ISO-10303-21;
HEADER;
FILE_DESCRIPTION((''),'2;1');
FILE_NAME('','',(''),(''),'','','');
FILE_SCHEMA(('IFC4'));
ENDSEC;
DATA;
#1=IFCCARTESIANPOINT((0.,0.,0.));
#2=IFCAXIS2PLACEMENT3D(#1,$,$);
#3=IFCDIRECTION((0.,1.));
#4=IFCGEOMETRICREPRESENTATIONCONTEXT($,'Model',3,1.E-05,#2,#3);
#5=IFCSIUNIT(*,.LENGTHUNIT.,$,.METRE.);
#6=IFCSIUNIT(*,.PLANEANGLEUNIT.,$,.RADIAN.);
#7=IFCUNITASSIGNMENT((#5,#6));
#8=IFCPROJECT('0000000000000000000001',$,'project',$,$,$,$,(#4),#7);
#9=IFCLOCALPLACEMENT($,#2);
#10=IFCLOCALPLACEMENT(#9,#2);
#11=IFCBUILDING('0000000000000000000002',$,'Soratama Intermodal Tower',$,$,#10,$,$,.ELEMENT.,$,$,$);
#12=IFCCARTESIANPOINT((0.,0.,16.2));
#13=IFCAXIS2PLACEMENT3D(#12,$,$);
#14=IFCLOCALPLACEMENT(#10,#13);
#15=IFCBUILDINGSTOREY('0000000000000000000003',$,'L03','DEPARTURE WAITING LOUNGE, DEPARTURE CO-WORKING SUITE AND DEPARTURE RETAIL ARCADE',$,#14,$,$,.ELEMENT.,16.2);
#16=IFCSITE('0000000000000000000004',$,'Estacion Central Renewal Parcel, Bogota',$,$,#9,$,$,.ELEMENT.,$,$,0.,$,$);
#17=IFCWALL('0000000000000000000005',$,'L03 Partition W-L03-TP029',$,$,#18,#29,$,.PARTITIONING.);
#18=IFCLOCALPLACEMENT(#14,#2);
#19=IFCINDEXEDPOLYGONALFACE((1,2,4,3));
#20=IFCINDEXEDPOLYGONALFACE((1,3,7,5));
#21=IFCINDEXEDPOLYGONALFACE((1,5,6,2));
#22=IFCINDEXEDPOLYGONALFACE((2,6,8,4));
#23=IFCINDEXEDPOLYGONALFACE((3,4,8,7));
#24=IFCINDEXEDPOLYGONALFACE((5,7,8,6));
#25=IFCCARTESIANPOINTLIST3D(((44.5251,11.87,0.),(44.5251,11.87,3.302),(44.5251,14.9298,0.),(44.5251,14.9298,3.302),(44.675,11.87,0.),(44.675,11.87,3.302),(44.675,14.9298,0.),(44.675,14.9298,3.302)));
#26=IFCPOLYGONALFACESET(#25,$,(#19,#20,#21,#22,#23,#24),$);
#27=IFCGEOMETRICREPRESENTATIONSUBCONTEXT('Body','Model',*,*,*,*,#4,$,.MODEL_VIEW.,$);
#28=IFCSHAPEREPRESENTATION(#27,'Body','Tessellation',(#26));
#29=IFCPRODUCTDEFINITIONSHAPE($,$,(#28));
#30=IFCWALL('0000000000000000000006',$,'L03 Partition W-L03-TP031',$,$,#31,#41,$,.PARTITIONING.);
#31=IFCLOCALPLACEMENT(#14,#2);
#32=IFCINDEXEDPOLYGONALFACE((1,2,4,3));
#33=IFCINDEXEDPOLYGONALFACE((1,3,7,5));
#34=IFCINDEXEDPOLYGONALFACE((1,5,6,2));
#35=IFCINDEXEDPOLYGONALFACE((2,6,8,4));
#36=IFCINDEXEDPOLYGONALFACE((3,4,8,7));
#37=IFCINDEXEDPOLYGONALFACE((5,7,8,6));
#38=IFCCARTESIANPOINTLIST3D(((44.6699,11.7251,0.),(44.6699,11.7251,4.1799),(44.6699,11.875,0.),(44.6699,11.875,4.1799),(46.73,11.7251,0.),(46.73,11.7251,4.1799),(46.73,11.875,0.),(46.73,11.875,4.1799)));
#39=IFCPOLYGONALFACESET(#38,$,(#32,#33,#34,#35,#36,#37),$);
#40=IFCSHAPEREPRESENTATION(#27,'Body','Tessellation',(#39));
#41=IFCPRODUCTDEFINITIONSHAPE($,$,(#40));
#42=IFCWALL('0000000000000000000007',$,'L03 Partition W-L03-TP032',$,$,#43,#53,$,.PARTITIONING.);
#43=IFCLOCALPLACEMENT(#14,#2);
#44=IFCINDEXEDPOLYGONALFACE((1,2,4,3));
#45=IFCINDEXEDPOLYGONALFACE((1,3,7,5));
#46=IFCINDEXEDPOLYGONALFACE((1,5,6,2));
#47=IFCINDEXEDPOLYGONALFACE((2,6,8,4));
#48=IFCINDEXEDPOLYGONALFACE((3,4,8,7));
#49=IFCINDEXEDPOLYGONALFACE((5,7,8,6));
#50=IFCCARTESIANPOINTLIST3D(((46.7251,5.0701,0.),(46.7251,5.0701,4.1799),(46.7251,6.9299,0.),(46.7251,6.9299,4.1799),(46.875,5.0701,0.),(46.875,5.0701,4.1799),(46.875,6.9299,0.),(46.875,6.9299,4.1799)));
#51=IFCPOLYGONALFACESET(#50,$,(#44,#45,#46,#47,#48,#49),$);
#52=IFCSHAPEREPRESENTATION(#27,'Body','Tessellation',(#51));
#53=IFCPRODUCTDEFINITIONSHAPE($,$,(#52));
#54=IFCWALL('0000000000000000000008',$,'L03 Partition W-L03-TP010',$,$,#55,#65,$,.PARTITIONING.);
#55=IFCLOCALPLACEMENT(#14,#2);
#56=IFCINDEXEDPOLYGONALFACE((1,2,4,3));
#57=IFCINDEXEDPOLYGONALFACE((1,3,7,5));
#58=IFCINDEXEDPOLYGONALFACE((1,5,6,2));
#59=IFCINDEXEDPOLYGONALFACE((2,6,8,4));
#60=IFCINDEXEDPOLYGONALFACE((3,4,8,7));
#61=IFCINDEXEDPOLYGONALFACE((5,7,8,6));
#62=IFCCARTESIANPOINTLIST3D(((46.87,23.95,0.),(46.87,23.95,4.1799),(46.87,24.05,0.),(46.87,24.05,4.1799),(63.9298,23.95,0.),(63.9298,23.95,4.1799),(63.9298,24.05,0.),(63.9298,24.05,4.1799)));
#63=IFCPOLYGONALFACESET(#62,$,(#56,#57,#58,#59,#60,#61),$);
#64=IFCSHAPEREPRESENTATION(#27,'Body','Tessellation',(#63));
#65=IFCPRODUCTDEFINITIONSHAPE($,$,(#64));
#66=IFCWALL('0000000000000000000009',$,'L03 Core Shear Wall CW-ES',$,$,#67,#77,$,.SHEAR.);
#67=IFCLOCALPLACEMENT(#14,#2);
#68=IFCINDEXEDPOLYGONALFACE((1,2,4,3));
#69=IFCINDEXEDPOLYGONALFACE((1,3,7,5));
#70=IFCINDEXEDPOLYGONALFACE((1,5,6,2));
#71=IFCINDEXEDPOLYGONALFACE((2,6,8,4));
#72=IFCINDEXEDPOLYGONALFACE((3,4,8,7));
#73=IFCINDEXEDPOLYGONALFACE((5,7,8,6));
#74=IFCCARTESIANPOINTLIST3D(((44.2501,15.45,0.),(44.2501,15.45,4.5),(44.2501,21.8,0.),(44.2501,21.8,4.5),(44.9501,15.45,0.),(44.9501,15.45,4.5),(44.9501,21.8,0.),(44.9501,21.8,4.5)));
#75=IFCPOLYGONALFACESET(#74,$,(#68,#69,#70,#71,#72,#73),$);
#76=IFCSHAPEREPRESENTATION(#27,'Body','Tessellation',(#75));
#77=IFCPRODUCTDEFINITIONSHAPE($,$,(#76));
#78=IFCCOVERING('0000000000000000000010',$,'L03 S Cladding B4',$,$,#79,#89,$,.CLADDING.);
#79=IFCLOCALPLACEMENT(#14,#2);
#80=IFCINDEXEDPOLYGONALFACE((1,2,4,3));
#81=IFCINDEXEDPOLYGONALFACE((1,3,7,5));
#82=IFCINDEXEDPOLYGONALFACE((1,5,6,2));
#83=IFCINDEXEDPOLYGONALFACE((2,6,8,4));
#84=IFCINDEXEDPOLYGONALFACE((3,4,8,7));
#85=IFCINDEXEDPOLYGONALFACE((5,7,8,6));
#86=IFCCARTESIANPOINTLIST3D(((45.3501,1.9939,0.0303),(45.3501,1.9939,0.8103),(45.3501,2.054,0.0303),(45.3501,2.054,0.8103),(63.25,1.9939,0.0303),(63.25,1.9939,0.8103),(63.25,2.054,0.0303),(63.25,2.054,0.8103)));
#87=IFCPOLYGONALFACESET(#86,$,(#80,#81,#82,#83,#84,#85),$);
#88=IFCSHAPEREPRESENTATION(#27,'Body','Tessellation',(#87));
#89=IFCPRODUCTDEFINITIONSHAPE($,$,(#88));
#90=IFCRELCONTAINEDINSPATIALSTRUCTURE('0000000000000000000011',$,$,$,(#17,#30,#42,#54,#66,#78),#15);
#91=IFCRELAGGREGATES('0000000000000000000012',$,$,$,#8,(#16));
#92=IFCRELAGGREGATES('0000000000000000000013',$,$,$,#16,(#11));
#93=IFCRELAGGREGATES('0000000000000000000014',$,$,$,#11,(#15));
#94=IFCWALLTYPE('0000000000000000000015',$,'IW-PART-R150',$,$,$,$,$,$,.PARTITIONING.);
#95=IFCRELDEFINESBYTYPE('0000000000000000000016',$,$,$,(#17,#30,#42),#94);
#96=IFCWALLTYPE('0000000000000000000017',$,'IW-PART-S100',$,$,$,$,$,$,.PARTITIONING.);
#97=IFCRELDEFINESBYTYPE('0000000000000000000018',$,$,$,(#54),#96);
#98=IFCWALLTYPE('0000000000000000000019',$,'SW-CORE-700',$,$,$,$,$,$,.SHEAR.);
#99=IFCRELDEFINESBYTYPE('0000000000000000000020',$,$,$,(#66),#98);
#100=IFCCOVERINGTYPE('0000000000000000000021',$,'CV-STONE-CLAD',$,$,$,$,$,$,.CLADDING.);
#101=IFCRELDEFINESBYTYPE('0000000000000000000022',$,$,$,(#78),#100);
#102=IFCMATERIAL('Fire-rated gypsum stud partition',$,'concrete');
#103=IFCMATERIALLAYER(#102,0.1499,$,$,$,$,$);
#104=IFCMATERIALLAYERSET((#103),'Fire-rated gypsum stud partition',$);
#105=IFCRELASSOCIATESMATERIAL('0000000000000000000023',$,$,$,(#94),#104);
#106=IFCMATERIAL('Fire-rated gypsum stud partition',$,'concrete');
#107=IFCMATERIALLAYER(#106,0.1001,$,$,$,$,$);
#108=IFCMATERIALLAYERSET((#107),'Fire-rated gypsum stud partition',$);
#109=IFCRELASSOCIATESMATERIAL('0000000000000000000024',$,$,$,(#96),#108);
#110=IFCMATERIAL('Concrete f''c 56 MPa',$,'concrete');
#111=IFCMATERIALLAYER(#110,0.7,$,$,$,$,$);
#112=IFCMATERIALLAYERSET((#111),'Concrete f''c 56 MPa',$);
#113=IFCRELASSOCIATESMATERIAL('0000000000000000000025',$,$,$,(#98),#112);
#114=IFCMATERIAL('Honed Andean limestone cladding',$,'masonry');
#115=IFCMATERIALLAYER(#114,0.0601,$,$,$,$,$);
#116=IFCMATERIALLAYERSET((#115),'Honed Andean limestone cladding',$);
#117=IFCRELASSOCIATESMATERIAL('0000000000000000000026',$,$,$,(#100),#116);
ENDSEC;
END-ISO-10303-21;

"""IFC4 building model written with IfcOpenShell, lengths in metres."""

from ifc_helpers import new_model, si_unit, direction, frame, frame_2d, origin, origin_2d, place, context, subcontext, project, spatial, rectangle, extrude, material, layer, layer_set, type_object, element, save


model = new_model("IFC4")

# Units and contexts
model_context = context("Model", 3, precision=1e-05, world=origin(), true_north=direction((0.0, 1.0)))
body_context = subcontext(model_context, "Body", "Model", "MODEL_VIEW")
ifc_project = project(units=[si_unit("LENGTHUNIT", "METRE"), si_unit("PLANEANGLEUNIT", "RADIAN")], contexts=[model_context])

# Site, building, storey
site_placement = place(None, origin())
site = spatial("IfcSite", under=ifc_project, at=site_placement, Name="Estacion Central Renewal Parcel, Bogota", CompositionType="ELEMENT", RefElevation=0.0)
building_placement = place(site_placement, origin())
building = spatial("IfcBuilding", under=site, at=building_placement, Name="Soratama Intermodal Tower", CompositionType="ELEMENT")
storey_placement = place(building_placement, frame((0.0, 0.0, 16.2)))
storey = spatial("IfcBuildingStorey", under=building, at=storey_placement, Name="L03", Description="DEPARTURE WAITING LOUNGE, DEPARTURE CO-WORKING SUITE AND DEPARTURE RETAIL ARCADE", CompositionType="ELEMENT", Elevation=16.2)

# Shared definitions
ifc_material_1 = material(Name="Fire-rated gypsum stud partition", Category="concrete")
ifc_layer_1 = layer(ifc_material_1, 0.1499)
ifc_layer_set_1 = layer_set([ifc_layer_1], Name="Fire-rated gypsum stud partition")
wall_type_1 = type_object("IfcWallType", Name="IW-PART-R150", PredefinedType="PARTITIONING", material=ifc_layer_set_1)

# Walls
wall_1_placement = place(storey_placement, frame((44.6001, 11.8701, 0.0), z_axis=(0.0, 0.0, 1.0), x_axis=(0.0, 1.0, 0.0)))
element("IfcWall", 1, at=wall_1_placement, inside=storey, type_object=wall_type_1, Name="L03 Partition W-L03-TP029", PredefinedType="PARTITIONING", context=body_context, shape_type="SweptSolid", body=[
    extrude(rectangle(XDim=3.0598, YDim=0.1499, at=frame_2d((1.5298, 0.0))), origin(), (0.0, 0.0, 1.0), 3.302),
])
wall_2_placement = place(storey_placement, frame((46.73, 11.8, 0.0), z_axis=(0.0, 0.0, 1.0), x_axis=(-1.0, 0.0, 0.0)))
element("IfcWall", 2, at=wall_2_placement, inside=storey, type_object=wall_type_1, Name="L03 Partition W-L03-TP031", PredefinedType="PARTITIONING", context=body_context, shape_type="SweptSolid", body=[
    extrude(rectangle(XDim=2.0601, YDim=0.1499, at=frame_2d((1.03, 0.0))), origin(), (0.0, 0.0, 1.0), 4.1799),
])
wall_3_placement = place(storey_placement, frame((46.8, 6.9299, 0.0), z_axis=(0.0, 0.0, 1.0), x_axis=(0.0, -1.0, 0.0)))
element("IfcWall", 3, at=wall_3_placement, inside=storey, type_object=wall_type_1, Name="L03 Partition W-L03-TP032", PredefinedType="PARTITIONING", context=body_context, shape_type="SweptSolid", body=[
    extrude(rectangle(XDim=1.8599, YDim=0.1499, at=frame_2d((0.9299, 0.0))), origin(), (0.0, 0.0, 1.0), 4.1799),
])
ifc_material_2 = material(Name="Fire-rated gypsum stud partition", Category="concrete")
ifc_layer_2 = layer(ifc_material_2, 0.1001)
ifc_layer_set_2 = layer_set([ifc_layer_2], Name="Fire-rated gypsum stud partition")
wall_type_2 = type_object("IfcWallType", Name="IW-PART-S100", PredefinedType="PARTITIONING", material=ifc_layer_set_2)
wall_4_placement = place(storey_placement, frame((46.8701, 24.0, 0.0), z_axis=(0.0, 0.0, 1.0), x_axis=(1.0, 0.0, 0.0)))
element("IfcWall", 4, at=wall_4_placement, inside=storey, type_object=wall_type_2, Name="L03 Partition W-L03-TP010", PredefinedType="PARTITIONING", context=body_context, shape_type="SweptSolid", body=[
    extrude(rectangle(XDim=17.0598, YDim=0.1001, at=frame_2d((8.5298, 0.0))), origin(), (0.0, 0.0, 1.0), 4.1799),
])
ifc_material_3 = material(Name="Concrete f'c 56 MPa", Category="concrete")
ifc_layer_3 = layer(ifc_material_3, 0.7)
ifc_layer_set_3 = layer_set([ifc_layer_3], Name="Concrete f'c 56 MPa")
wall_type_3 = type_object("IfcWallType", Name="SW-CORE-700", PredefinedType="SHEAR", material=ifc_layer_set_3)
wall_5_placement = place(storey_placement, frame((44.6001, 15.45, 0.0), z_axis=(0.0, 0.0, 1.0), x_axis=(0.0, 1.0, 0.0)))
element("IfcWall", 5, at=wall_5_placement, inside=storey, type_object=wall_type_3, Name="L03 Core Shear Wall CW-ES", PredefinedType="SHEAR", context=body_context, shape_type="SweptSolid", body=[
    extrude(rectangle(XDim=6.3501, YDim=0.7, at=frame_2d((3.175, 0.0))), origin(), (0.0, 0.0, 1.0), 4.5),
])

# Covering
ifc_material_4 = material(Name="Honed Andean limestone cladding", Category="masonry")
ifc_layer_4 = layer(ifc_material_4, 0.0601)
ifc_layer_set_4 = layer_set([ifc_layer_4], Name="Honed Andean limestone cladding")
covering_type = type_object("IfcCoveringType", Name="CV-STONE-CLAD", PredefinedType="CLADDING", material=ifc_layer_set_4)
covering_placement = place(storey_placement, frame((54.3, 2.0239, 0.0303), z_axis=(0.0, 0.0, 1.0), x_axis=(1.0, 0.0, 0.0)))
element("IfcCovering", 6, at=covering_placement, inside=storey, type_object=covering_type, Name="L03 S Cladding B4", PredefinedType="CLADDING", context=body_context, shape_type="SweptSolid", body=[
    extrude(rectangle(XDim=17.8999, YDim=0.0601, at=origin_2d()), origin(), (0.0, 0.0, 1.0), 0.78),
])

save(model, "model.ifc")
